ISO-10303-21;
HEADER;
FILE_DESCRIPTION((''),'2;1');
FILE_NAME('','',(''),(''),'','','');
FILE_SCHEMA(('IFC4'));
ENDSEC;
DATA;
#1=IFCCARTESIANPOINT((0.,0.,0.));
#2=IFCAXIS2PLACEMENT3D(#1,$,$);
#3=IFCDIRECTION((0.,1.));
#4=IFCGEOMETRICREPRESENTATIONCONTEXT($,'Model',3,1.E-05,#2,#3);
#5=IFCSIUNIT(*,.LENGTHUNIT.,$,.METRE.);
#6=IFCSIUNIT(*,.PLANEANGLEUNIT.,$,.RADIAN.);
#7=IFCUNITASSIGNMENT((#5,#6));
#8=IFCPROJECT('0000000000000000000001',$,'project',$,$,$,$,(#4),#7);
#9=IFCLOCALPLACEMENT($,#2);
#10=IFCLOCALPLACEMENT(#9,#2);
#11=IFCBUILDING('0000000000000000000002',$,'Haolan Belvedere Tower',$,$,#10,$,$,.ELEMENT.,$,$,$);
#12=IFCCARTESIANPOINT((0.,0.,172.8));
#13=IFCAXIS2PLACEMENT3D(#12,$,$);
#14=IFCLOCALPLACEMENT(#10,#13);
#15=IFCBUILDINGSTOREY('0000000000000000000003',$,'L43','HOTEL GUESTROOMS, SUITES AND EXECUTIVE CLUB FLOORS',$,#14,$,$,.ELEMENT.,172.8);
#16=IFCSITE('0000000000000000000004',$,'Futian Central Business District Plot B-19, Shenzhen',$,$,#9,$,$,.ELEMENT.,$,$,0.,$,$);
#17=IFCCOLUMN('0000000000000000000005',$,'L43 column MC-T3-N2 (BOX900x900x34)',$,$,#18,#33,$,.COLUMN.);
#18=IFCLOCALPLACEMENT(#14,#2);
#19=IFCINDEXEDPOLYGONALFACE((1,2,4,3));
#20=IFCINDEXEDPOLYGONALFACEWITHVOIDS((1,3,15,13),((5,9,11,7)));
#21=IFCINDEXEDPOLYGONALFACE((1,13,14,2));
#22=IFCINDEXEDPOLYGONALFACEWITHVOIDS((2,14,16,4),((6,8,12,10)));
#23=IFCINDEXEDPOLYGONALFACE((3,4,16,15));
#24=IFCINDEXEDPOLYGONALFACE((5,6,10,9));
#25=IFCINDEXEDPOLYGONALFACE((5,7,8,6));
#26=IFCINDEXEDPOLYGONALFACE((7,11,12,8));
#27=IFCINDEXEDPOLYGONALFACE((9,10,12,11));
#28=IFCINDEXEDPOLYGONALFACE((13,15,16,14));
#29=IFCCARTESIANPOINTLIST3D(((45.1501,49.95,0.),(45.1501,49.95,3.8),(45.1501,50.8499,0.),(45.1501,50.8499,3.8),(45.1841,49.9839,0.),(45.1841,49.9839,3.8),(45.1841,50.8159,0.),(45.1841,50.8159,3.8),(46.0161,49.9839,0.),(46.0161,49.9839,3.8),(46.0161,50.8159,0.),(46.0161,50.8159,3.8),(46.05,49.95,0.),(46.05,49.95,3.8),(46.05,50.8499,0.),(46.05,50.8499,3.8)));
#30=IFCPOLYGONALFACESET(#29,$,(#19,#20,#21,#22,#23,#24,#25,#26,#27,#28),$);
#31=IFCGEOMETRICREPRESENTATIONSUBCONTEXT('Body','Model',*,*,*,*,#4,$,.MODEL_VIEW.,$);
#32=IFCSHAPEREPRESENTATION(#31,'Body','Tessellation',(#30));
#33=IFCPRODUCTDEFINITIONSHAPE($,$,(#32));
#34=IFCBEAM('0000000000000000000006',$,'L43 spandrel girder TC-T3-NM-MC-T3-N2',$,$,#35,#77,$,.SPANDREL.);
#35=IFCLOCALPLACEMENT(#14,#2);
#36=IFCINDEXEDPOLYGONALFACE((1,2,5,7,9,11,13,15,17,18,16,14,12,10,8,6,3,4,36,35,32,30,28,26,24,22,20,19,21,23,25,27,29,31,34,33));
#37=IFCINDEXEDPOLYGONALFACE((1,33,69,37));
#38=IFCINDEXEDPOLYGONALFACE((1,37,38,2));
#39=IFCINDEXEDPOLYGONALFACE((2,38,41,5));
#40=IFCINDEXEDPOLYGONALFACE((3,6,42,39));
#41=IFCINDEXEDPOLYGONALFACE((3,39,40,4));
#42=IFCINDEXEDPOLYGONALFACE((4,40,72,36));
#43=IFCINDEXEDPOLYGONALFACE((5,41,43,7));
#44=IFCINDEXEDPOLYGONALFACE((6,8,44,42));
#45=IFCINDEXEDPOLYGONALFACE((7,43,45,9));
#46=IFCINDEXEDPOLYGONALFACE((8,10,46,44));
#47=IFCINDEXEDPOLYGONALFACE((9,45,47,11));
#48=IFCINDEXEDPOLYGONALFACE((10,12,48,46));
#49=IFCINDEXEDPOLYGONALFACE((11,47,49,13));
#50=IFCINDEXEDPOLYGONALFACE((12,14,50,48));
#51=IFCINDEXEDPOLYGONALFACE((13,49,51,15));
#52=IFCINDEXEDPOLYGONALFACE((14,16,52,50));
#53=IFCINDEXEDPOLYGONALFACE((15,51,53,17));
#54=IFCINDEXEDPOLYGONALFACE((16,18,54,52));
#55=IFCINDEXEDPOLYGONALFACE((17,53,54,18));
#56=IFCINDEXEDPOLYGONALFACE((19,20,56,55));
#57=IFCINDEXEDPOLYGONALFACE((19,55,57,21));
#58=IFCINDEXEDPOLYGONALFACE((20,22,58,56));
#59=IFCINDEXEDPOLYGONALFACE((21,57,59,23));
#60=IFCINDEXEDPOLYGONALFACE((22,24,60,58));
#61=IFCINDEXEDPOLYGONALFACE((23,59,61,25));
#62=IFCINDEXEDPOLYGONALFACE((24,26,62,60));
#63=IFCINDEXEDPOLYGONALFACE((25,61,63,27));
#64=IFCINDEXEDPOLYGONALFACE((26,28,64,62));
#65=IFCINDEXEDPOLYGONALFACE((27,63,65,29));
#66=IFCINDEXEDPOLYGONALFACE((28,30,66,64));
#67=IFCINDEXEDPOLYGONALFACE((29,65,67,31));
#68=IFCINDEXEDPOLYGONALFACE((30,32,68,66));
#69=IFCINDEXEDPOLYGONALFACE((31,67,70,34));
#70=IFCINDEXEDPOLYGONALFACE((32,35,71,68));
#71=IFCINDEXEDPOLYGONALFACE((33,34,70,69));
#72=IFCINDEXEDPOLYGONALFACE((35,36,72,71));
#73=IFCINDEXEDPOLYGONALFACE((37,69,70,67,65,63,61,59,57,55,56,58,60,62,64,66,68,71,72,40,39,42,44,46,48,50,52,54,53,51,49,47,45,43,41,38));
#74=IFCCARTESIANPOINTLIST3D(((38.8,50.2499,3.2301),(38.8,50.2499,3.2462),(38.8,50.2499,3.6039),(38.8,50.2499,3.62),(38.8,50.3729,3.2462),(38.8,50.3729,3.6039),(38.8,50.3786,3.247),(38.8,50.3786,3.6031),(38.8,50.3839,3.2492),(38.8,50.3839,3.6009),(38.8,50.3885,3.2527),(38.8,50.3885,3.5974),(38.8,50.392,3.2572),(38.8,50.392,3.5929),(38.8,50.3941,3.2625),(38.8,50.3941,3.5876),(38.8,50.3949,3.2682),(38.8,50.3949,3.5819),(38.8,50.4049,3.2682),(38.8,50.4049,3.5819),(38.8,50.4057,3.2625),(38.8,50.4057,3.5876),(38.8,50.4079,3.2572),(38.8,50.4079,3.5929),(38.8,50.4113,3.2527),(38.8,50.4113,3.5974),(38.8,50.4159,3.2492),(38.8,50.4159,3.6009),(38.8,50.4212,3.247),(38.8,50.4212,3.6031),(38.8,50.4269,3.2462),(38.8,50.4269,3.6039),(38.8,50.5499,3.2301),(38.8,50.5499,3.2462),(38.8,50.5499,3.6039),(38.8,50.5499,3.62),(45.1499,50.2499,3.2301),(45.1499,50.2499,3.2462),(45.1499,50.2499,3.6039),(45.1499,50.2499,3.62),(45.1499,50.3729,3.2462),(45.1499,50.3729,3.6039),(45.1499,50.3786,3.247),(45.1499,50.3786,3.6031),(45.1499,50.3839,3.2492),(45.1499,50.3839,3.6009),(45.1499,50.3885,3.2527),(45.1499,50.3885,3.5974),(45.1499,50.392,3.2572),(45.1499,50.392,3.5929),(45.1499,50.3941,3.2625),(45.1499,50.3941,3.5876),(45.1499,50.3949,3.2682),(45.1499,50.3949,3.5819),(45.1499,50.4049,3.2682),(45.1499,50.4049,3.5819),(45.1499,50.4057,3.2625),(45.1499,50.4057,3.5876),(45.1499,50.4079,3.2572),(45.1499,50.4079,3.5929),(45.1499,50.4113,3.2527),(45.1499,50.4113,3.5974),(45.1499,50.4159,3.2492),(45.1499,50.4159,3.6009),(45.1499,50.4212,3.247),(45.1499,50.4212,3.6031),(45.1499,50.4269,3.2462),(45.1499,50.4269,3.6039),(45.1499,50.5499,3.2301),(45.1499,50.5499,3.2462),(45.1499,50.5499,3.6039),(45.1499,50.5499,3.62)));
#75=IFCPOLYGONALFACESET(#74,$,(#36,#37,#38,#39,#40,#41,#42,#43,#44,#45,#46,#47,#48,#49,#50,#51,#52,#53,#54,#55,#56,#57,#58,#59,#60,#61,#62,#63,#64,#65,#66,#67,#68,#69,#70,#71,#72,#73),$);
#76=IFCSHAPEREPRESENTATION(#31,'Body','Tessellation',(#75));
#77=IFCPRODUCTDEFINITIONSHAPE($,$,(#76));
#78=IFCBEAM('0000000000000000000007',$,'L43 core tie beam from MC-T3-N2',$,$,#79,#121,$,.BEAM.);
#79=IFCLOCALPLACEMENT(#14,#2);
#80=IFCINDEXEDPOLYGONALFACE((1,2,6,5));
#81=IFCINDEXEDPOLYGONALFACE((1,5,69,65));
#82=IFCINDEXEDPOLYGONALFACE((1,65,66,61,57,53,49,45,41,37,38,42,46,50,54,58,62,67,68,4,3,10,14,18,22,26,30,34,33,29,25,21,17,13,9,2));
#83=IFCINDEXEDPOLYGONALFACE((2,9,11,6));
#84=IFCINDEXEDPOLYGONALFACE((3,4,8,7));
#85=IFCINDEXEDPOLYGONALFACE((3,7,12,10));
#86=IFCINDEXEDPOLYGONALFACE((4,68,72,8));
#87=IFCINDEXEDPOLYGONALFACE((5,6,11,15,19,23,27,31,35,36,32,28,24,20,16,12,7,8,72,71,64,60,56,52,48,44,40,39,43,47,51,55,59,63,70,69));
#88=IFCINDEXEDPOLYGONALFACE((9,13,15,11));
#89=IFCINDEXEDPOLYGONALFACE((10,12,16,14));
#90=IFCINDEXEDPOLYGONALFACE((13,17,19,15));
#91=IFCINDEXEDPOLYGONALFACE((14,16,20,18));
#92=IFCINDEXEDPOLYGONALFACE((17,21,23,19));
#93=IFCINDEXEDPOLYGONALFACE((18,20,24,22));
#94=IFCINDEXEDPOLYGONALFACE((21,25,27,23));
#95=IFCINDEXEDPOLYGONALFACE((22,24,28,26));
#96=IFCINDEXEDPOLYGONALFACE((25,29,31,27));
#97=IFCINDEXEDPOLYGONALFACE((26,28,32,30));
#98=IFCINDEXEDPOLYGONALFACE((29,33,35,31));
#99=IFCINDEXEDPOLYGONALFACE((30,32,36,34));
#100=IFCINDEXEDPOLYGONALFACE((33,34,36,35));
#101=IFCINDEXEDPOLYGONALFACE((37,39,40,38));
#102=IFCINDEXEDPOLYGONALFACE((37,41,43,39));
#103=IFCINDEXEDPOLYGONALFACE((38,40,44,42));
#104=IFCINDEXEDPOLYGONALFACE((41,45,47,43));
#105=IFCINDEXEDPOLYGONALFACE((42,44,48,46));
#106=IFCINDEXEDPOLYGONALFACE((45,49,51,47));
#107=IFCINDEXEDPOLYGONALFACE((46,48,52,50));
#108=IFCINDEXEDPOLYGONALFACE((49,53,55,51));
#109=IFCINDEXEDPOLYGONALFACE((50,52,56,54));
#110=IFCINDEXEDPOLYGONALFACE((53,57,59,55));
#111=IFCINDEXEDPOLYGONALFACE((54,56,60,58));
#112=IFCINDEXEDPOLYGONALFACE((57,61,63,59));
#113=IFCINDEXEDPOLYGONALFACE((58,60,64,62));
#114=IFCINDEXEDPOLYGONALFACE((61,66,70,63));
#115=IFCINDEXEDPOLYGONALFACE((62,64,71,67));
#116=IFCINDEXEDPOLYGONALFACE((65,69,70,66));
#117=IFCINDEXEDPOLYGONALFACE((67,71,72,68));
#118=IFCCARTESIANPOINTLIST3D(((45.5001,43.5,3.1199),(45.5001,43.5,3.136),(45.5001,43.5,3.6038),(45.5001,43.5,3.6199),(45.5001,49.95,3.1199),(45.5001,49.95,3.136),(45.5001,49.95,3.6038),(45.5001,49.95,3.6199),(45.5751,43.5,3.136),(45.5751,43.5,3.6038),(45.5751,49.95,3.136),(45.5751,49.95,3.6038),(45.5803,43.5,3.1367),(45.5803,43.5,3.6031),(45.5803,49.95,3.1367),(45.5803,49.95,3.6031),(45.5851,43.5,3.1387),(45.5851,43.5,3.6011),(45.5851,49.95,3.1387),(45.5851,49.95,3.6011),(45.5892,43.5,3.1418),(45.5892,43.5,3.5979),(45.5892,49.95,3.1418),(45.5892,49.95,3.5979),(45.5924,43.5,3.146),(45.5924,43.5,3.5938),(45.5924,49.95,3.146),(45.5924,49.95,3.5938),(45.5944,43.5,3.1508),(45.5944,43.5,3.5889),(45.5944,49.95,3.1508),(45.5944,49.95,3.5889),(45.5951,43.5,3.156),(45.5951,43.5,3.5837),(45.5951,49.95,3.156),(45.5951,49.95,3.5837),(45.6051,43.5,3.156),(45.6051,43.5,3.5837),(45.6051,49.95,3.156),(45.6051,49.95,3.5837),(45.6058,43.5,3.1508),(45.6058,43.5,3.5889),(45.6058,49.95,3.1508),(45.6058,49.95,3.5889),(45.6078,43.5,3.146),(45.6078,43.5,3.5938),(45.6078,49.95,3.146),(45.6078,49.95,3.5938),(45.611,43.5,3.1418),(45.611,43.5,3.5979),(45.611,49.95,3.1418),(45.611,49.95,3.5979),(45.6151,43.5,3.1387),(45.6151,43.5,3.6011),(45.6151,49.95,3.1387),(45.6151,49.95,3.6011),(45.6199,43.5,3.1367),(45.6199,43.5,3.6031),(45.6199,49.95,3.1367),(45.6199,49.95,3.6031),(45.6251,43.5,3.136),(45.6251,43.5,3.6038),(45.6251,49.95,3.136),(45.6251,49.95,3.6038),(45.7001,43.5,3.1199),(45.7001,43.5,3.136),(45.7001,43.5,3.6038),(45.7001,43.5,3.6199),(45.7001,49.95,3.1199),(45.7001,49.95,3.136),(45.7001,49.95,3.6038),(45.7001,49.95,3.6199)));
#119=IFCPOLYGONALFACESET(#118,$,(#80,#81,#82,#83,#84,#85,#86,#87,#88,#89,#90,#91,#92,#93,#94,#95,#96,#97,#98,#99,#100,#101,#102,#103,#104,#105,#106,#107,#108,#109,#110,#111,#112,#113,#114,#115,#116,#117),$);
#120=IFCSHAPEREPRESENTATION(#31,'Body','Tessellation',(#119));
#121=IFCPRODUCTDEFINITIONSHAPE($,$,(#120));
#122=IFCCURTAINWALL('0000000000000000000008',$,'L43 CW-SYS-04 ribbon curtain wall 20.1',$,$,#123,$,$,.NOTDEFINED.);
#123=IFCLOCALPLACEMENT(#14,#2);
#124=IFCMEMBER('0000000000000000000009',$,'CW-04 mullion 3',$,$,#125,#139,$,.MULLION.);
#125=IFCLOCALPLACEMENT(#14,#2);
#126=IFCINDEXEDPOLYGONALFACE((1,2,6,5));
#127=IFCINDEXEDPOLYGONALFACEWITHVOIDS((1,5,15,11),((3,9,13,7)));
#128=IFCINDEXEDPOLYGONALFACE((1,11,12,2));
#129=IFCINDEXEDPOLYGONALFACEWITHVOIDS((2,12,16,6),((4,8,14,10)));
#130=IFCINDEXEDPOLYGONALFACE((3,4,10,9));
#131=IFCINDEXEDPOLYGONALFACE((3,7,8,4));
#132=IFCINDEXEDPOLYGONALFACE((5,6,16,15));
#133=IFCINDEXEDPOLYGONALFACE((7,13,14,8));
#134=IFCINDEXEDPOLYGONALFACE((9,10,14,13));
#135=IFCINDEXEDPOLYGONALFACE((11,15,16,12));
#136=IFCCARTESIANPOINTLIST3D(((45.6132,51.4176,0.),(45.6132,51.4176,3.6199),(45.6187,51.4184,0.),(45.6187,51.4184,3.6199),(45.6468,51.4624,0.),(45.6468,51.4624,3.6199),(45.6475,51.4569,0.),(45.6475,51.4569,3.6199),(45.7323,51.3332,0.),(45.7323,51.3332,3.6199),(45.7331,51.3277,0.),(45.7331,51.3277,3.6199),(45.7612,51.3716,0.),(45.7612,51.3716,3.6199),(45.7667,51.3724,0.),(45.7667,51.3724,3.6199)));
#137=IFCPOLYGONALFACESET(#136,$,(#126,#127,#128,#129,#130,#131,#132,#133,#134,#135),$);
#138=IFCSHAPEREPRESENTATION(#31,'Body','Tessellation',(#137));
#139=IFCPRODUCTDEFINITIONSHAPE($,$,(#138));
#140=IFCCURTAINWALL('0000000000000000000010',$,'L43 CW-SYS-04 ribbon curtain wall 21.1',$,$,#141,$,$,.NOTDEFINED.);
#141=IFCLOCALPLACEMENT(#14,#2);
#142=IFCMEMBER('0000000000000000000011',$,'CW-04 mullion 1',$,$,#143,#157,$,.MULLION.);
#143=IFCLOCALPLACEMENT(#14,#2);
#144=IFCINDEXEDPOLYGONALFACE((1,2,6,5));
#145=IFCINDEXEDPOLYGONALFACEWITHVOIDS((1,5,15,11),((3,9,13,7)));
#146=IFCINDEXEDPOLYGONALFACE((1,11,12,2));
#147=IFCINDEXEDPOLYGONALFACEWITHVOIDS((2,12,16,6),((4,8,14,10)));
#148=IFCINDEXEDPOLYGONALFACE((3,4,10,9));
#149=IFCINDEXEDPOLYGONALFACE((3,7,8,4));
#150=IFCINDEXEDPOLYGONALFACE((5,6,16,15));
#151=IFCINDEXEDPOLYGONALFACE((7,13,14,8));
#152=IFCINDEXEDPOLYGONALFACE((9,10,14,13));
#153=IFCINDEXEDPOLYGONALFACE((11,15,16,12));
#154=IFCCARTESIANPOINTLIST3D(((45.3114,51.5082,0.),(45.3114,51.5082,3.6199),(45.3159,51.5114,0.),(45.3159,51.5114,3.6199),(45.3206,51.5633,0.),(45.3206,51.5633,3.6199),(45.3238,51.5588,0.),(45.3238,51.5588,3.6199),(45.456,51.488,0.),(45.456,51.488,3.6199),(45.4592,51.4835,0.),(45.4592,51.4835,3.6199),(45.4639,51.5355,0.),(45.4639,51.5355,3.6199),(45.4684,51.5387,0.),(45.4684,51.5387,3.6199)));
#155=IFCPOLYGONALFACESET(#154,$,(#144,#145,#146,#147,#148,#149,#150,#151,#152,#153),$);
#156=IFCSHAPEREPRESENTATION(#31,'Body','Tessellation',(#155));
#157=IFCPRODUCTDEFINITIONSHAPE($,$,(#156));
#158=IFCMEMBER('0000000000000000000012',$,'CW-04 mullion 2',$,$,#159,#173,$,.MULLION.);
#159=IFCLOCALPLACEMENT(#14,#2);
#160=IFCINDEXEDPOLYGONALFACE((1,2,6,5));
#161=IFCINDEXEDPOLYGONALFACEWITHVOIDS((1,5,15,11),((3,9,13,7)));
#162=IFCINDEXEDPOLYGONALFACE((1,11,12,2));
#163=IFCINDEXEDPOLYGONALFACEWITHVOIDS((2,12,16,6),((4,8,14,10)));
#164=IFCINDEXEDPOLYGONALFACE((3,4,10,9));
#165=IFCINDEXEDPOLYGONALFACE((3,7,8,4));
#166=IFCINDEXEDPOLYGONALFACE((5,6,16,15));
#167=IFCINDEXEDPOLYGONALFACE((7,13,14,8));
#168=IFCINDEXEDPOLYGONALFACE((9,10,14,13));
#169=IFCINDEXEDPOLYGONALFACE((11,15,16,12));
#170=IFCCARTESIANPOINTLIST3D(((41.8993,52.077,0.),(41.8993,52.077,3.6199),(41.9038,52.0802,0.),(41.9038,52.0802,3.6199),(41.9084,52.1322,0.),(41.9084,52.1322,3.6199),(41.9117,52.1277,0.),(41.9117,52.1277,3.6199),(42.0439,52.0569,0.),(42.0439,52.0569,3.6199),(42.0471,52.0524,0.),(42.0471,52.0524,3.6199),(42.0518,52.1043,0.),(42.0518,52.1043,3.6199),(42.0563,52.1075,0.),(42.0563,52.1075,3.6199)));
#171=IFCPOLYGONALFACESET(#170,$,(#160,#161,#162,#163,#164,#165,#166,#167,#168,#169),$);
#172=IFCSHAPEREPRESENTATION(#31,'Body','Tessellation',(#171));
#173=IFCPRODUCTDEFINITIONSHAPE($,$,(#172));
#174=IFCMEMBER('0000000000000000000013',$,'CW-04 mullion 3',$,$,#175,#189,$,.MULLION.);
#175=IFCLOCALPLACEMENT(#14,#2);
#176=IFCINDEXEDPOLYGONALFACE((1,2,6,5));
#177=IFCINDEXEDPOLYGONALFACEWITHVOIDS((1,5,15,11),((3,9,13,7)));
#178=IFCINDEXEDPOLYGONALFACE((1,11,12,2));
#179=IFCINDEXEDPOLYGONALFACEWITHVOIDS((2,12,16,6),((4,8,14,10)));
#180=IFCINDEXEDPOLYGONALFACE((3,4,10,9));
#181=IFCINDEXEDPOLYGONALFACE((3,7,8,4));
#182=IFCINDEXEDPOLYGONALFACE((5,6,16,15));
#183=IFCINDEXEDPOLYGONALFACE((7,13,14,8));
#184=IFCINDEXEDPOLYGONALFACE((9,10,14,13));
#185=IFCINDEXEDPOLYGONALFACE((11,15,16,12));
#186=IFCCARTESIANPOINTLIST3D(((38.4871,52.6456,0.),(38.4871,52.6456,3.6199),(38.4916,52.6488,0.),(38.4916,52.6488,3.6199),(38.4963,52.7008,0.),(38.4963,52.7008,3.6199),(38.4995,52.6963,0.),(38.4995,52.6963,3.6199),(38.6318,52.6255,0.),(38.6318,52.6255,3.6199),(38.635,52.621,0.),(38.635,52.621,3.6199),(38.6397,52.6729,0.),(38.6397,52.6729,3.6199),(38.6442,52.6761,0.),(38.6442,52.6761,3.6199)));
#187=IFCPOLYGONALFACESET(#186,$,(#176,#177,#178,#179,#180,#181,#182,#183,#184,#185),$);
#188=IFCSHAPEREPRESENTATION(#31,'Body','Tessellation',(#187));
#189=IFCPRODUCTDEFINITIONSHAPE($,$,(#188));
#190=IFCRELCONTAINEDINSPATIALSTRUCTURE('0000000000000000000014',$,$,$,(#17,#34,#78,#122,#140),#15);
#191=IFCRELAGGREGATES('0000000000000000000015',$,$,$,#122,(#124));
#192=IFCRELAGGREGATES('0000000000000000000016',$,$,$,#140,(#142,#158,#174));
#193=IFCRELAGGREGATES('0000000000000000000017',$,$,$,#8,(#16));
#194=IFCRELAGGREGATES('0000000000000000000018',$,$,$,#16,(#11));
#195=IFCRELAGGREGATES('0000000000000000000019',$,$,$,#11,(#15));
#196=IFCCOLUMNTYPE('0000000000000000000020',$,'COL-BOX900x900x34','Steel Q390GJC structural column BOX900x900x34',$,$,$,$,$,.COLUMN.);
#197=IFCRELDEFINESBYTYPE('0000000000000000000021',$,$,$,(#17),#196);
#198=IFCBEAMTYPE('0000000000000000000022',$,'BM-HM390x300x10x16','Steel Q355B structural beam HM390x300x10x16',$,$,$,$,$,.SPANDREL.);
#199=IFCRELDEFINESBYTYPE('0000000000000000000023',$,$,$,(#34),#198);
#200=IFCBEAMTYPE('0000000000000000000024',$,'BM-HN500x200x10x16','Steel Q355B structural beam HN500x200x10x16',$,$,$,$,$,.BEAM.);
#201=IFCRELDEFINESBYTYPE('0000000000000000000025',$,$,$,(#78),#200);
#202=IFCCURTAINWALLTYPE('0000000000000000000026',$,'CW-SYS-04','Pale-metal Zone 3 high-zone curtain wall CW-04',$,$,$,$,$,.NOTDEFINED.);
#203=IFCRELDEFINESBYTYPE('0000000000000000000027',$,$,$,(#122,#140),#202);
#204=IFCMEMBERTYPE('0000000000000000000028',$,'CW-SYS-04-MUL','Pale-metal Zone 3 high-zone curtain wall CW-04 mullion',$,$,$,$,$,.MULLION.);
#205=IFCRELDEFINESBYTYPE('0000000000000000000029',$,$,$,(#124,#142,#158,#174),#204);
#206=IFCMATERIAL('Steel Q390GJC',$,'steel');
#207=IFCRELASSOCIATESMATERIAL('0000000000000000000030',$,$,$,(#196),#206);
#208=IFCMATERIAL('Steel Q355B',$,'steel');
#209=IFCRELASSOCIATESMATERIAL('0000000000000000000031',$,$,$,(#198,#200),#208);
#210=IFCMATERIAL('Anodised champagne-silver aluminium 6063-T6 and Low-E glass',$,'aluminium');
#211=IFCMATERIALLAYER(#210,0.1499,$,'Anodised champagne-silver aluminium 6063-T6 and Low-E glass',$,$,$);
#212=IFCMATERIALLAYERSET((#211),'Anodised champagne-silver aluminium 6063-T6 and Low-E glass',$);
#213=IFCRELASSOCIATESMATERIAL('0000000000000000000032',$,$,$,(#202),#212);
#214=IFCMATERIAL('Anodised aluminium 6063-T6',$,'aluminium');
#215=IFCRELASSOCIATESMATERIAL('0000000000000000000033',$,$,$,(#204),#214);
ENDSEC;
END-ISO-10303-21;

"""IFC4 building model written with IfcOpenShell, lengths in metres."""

from ifc_helpers import new_model, si_unit, direction, frame, origin, origin_2d, place, context, subcontext, project, spatial, hollow_rectangle, i_section, extrude, material, layer, layer_set, material_profile, profile_set, type_object, element, aggregate, save


model = new_model("IFC4")

# Units and contexts
model_context = context("Model", 3, precision=1e-05, world=origin(), true_north=direction((0.0, 1.0)))
body_context = subcontext(model_context, "Body", "Model", "MODEL_VIEW")
ifc_project = project(units=[si_unit("LENGTHUNIT", "METRE"), si_unit("PLANEANGLEUNIT", "RADIAN")], contexts=[model_context])

# Site, building, storey
site_placement = place(None, origin())
site = spatial("IfcSite", under=ifc_project, at=site_placement, Name="Futian Central Business District Plot B-19, Shenzhen", CompositionType="ELEMENT", RefElevation=0.0)
building_placement = place(site_placement, origin())
building = spatial("IfcBuilding", under=site, at=building_placement, Name="Haolan Belvedere Tower", CompositionType="ELEMENT")
storey_placement = place(building_placement, frame((0.0, 0.0, 172.8)))
storey = spatial("IfcBuildingStorey", under=building, at=storey_placement, Name="L43", Description="HOTEL GUESTROOMS, SUITES AND EXECUTIVE CLUB FLOORS", CompositionType="ELEMENT", Elevation=172.8)

# Column
ifc_material_1 = material(Name="Steel Q390GJC", Category="steel")
ifc_material_profile_1 = material_profile(ifc_material_1, hollow_rectangle(XDim=0.8999, YDim=0.8999, WallThickness=0.0339, at=origin_2d()), Name="Steel Q390GJC")
ifc_profile_set_1 = profile_set([ifc_material_profile_1], Name="Steel Q390GJC")
column_type = type_object("IfcColumnType", Name="COL-BOX900x900x34", Description="Steel Q390GJC structural column BOX900x900x34", PredefinedType="COLUMN", material=ifc_profile_set_1)
column_placement = place(storey_placement, frame((45.6001, 50.3999, 0.0), z_axis=(0.0, 0.0, 1.0), x_axis=(1.0, 0.0, 0.0)))
element("IfcColumn", 1, at=column_placement, inside=storey, type_object=column_type, Name="L43 column MC-T3-N2 (BOX900x900x34)", PredefinedType="COLUMN", context=body_context, shape_type="SweptSolid", body=[
    extrude(hollow_rectangle(XDim=0.8999, YDim=0.8999, WallThickness=0.0339, at=origin_2d()), origin(), (0.0, 0.0, 1.0), 3.8),
])

# Beams
ifc_material_2 = material(Name="Steel Q355B", Category="steel")
ifc_material_profile_2 = material_profile(ifc_material_2, i_section(OverallWidth=0.3, OverallDepth=0.3899, WebThickness=0.01, FlangeThickness=0.0161, FilletRadius=0.022, at=origin_2d()), Name="Steel Q355B")
ifc_profile_set_2 = profile_set([ifc_material_profile_2], Name="Steel Q355B")
beam_type_1 = type_object("IfcBeamType", Name="BM-HM390x300x10x16", Description="Steel Q355B structural beam HM390x300x10x16", PredefinedType="SPANDREL", material=ifc_profile_set_2)
beam_1_placement = place(storey_placement, frame((38.8, 50.3999, 3.425), z_axis=(1.0, 0.0, 0.0), x_axis=(0.0, 1.0, 0.0)))
element("IfcBeam", 2, at=beam_1_placement, inside=storey, type_object=beam_type_1, Name="L43 spandrel girder TC-T3-NM-MC-T3-N2", PredefinedType="SPANDREL", context=body_context, shape_type="SweptSolid", body=[
    extrude(i_section(OverallWidth=0.3, OverallDepth=0.3899, WebThickness=0.01, FlangeThickness=0.0161, FilletRadius=0.022, at=origin_2d()), origin(), (0.0, 0.0, 1.0), 6.3499),
])
ifc_material_profile_3 = material_profile(ifc_material_2, i_section(OverallWidth=0.2, OverallDepth=0.5, WebThickness=0.01, FlangeThickness=0.0161, FilletRadius=0.02, at=origin_2d()), Name="Steel Q355B")
ifc_profile_set_3 = profile_set([ifc_material_profile_3], Name="Steel Q355B")
beam_type_2 = type_object("IfcBeamType", Name="BM-HN500x200x10x16", Description="Steel Q355B structural beam HN500x200x10x16", PredefinedType="BEAM", material=ifc_profile_set_3)
beam_2_placement = place(storey_placement, frame((45.6001, 49.95, 3.3699), z_axis=(0.0, -1.0, 0.0), x_axis=(1.0, 0.0, 0.0)))
element("IfcBeam", 3, at=beam_2_placement, inside=storey, type_object=beam_type_2, Name="L43 core tie beam from MC-T3-N2", PredefinedType="BEAM", context=body_context, shape_type="SweptSolid", body=[
    extrude(i_section(OverallWidth=0.2, OverallDepth=0.5, WebThickness=0.01, FlangeThickness=0.0161, FilletRadius=0.02, at=origin_2d()), origin(), (0.0, 0.0, 1.0), 6.45),
])

# Curtain wall, member
ifc_material_3 = material(Name="Anodised champagne-silver aluminium 6063-T6 and Low-E glass", Category="aluminium")
ifc_layer_1 = layer(ifc_material_3, 0.1499, Name="Anodised champagne-silver aluminium 6063-T6 and Low-E glass")
ifc_layer_set_1 = layer_set([ifc_layer_1], Name="Anodised champagne-silver aluminium 6063-T6 and Low-E glass")
curtain_wall_type = type_object("IfcCurtainWallType", Name="CW-SYS-04", Description="Pale-metal Zone 3 high-zone curtain wall CW-04", PredefinedType="NOTDEFINED", material=ifc_layer_set_1)
curtain_wall_1_placement = place(storey_placement, origin())
curtain_wall_1 = element("IfcCurtainWall", 4, at=curtain_wall_1_placement, inside=storey, type_object=curtain_wall_type, Name="L43 CW-SYS-04 ribbon curtain wall 20.1", PredefinedType="NOTDEFINED")
ifc_material_4 = material(Name="Anodised aluminium 6063-T6", Category="aluminium")
ifc_material_profile_4 = material_profile(ifc_material_4, hollow_rectangle(XDim=0.0559, YDim=0.1499, WallThickness=0.0039, at=origin_2d()), Name="Anodised aluminium 6063-T6")
ifc_profile_set_4 = profile_set([ifc_material_profile_4], Name="Anodised aluminium 6063-T6")
member_type_1 = type_object("IfcMemberType", Name="CW-SYS-04-MUL", Description="Pale-metal Zone 3 high-zone curtain wall CW-04 mullion", PredefinedType="MULLION", material=ifc_profile_set_4)
member_1_placement = place(storey_placement, frame((45.6899, 51.395, 0.0), z_axis=(0.0, 0.0, 1.0), x_axis=(-0.600003, -0.799998, 0.0)))
member_1 = element("IfcMember", 5, at=member_1_placement, type_object=member_type_1, Name="CW-04 mullion 3", PredefinedType="MULLION", context=body_context, shape_type="SweptSolid", body=[
    extrude(hollow_rectangle(XDim=0.0559, YDim=0.1499, WallThickness=0.0039, at=origin_2d()), origin(), (0.0, 0.0, 1.0), 3.6199),
])
aggregate(curtain_wall_1, [member_1])

# Curtain wall, members
curtain_wall_2_placement = place(storey_placement, origin())
curtain_wall_2 = element("IfcCurtainWall", 6, at=curtain_wall_2_placement, inside=storey, type_object=curtain_wall_type, Name="L43 CW-SYS-04 ribbon curtain wall 21.1", PredefinedType="NOTDEFINED")
member_2_placement = place(storey_placement, frame((45.3899, 51.5234, 0.0), z_axis=(0.0, 0.0, 1.0), x_axis=(-0.164406, -0.986393, 0.0)))
member_2 = element("IfcMember", 7, at=member_2_placement, type_object=member_type_1, Name="CW-04 mullion 1", PredefinedType="MULLION", context=body_context, shape_type="SweptSolid", body=[
    extrude(hollow_rectangle(XDim=0.0559, YDim=0.1499, WallThickness=0.0039, at=origin_2d()), origin(), (0.0, 0.0, 1.0), 3.6199),
])
member_3_placement = place(storey_placement, frame((41.9778, 52.0923, 0.0), z_axis=(0.0, 0.0, 1.0), x_axis=(-0.164406, -0.986393, 0.0)))
member_3 = element("IfcMember", 8, at=member_3_placement, type_object=member_type_1, Name="CW-04 mullion 2", PredefinedType="MULLION", context=body_context, shape_type="SweptSolid", body=[
    extrude(hollow_rectangle(XDim=0.0559, YDim=0.1499, WallThickness=0.0039, at=origin_2d()), origin(), (0.0, 0.0, 1.0), 3.6199),
])
member_4_placement = place(storey_placement, frame((38.5657, 52.6609, 0.0), z_axis=(0.0, 0.0, 1.0), x_axis=(-0.164406, -0.986393, 0.0)))
member_4 = element("IfcMember", 9, at=member_4_placement, type_object=member_type_1, Name="CW-04 mullion 3", PredefinedType="MULLION", context=body_context, shape_type="SweptSolid", body=[
    extrude(hollow_rectangle(XDim=0.0559, YDim=0.1499, WallThickness=0.0039, at=origin_2d()), origin(), (0.0, 0.0, 1.0), 3.6199),
])
aggregate(curtain_wall_2, [member_2, member_3, member_4])

save(model, "model.ifc")
